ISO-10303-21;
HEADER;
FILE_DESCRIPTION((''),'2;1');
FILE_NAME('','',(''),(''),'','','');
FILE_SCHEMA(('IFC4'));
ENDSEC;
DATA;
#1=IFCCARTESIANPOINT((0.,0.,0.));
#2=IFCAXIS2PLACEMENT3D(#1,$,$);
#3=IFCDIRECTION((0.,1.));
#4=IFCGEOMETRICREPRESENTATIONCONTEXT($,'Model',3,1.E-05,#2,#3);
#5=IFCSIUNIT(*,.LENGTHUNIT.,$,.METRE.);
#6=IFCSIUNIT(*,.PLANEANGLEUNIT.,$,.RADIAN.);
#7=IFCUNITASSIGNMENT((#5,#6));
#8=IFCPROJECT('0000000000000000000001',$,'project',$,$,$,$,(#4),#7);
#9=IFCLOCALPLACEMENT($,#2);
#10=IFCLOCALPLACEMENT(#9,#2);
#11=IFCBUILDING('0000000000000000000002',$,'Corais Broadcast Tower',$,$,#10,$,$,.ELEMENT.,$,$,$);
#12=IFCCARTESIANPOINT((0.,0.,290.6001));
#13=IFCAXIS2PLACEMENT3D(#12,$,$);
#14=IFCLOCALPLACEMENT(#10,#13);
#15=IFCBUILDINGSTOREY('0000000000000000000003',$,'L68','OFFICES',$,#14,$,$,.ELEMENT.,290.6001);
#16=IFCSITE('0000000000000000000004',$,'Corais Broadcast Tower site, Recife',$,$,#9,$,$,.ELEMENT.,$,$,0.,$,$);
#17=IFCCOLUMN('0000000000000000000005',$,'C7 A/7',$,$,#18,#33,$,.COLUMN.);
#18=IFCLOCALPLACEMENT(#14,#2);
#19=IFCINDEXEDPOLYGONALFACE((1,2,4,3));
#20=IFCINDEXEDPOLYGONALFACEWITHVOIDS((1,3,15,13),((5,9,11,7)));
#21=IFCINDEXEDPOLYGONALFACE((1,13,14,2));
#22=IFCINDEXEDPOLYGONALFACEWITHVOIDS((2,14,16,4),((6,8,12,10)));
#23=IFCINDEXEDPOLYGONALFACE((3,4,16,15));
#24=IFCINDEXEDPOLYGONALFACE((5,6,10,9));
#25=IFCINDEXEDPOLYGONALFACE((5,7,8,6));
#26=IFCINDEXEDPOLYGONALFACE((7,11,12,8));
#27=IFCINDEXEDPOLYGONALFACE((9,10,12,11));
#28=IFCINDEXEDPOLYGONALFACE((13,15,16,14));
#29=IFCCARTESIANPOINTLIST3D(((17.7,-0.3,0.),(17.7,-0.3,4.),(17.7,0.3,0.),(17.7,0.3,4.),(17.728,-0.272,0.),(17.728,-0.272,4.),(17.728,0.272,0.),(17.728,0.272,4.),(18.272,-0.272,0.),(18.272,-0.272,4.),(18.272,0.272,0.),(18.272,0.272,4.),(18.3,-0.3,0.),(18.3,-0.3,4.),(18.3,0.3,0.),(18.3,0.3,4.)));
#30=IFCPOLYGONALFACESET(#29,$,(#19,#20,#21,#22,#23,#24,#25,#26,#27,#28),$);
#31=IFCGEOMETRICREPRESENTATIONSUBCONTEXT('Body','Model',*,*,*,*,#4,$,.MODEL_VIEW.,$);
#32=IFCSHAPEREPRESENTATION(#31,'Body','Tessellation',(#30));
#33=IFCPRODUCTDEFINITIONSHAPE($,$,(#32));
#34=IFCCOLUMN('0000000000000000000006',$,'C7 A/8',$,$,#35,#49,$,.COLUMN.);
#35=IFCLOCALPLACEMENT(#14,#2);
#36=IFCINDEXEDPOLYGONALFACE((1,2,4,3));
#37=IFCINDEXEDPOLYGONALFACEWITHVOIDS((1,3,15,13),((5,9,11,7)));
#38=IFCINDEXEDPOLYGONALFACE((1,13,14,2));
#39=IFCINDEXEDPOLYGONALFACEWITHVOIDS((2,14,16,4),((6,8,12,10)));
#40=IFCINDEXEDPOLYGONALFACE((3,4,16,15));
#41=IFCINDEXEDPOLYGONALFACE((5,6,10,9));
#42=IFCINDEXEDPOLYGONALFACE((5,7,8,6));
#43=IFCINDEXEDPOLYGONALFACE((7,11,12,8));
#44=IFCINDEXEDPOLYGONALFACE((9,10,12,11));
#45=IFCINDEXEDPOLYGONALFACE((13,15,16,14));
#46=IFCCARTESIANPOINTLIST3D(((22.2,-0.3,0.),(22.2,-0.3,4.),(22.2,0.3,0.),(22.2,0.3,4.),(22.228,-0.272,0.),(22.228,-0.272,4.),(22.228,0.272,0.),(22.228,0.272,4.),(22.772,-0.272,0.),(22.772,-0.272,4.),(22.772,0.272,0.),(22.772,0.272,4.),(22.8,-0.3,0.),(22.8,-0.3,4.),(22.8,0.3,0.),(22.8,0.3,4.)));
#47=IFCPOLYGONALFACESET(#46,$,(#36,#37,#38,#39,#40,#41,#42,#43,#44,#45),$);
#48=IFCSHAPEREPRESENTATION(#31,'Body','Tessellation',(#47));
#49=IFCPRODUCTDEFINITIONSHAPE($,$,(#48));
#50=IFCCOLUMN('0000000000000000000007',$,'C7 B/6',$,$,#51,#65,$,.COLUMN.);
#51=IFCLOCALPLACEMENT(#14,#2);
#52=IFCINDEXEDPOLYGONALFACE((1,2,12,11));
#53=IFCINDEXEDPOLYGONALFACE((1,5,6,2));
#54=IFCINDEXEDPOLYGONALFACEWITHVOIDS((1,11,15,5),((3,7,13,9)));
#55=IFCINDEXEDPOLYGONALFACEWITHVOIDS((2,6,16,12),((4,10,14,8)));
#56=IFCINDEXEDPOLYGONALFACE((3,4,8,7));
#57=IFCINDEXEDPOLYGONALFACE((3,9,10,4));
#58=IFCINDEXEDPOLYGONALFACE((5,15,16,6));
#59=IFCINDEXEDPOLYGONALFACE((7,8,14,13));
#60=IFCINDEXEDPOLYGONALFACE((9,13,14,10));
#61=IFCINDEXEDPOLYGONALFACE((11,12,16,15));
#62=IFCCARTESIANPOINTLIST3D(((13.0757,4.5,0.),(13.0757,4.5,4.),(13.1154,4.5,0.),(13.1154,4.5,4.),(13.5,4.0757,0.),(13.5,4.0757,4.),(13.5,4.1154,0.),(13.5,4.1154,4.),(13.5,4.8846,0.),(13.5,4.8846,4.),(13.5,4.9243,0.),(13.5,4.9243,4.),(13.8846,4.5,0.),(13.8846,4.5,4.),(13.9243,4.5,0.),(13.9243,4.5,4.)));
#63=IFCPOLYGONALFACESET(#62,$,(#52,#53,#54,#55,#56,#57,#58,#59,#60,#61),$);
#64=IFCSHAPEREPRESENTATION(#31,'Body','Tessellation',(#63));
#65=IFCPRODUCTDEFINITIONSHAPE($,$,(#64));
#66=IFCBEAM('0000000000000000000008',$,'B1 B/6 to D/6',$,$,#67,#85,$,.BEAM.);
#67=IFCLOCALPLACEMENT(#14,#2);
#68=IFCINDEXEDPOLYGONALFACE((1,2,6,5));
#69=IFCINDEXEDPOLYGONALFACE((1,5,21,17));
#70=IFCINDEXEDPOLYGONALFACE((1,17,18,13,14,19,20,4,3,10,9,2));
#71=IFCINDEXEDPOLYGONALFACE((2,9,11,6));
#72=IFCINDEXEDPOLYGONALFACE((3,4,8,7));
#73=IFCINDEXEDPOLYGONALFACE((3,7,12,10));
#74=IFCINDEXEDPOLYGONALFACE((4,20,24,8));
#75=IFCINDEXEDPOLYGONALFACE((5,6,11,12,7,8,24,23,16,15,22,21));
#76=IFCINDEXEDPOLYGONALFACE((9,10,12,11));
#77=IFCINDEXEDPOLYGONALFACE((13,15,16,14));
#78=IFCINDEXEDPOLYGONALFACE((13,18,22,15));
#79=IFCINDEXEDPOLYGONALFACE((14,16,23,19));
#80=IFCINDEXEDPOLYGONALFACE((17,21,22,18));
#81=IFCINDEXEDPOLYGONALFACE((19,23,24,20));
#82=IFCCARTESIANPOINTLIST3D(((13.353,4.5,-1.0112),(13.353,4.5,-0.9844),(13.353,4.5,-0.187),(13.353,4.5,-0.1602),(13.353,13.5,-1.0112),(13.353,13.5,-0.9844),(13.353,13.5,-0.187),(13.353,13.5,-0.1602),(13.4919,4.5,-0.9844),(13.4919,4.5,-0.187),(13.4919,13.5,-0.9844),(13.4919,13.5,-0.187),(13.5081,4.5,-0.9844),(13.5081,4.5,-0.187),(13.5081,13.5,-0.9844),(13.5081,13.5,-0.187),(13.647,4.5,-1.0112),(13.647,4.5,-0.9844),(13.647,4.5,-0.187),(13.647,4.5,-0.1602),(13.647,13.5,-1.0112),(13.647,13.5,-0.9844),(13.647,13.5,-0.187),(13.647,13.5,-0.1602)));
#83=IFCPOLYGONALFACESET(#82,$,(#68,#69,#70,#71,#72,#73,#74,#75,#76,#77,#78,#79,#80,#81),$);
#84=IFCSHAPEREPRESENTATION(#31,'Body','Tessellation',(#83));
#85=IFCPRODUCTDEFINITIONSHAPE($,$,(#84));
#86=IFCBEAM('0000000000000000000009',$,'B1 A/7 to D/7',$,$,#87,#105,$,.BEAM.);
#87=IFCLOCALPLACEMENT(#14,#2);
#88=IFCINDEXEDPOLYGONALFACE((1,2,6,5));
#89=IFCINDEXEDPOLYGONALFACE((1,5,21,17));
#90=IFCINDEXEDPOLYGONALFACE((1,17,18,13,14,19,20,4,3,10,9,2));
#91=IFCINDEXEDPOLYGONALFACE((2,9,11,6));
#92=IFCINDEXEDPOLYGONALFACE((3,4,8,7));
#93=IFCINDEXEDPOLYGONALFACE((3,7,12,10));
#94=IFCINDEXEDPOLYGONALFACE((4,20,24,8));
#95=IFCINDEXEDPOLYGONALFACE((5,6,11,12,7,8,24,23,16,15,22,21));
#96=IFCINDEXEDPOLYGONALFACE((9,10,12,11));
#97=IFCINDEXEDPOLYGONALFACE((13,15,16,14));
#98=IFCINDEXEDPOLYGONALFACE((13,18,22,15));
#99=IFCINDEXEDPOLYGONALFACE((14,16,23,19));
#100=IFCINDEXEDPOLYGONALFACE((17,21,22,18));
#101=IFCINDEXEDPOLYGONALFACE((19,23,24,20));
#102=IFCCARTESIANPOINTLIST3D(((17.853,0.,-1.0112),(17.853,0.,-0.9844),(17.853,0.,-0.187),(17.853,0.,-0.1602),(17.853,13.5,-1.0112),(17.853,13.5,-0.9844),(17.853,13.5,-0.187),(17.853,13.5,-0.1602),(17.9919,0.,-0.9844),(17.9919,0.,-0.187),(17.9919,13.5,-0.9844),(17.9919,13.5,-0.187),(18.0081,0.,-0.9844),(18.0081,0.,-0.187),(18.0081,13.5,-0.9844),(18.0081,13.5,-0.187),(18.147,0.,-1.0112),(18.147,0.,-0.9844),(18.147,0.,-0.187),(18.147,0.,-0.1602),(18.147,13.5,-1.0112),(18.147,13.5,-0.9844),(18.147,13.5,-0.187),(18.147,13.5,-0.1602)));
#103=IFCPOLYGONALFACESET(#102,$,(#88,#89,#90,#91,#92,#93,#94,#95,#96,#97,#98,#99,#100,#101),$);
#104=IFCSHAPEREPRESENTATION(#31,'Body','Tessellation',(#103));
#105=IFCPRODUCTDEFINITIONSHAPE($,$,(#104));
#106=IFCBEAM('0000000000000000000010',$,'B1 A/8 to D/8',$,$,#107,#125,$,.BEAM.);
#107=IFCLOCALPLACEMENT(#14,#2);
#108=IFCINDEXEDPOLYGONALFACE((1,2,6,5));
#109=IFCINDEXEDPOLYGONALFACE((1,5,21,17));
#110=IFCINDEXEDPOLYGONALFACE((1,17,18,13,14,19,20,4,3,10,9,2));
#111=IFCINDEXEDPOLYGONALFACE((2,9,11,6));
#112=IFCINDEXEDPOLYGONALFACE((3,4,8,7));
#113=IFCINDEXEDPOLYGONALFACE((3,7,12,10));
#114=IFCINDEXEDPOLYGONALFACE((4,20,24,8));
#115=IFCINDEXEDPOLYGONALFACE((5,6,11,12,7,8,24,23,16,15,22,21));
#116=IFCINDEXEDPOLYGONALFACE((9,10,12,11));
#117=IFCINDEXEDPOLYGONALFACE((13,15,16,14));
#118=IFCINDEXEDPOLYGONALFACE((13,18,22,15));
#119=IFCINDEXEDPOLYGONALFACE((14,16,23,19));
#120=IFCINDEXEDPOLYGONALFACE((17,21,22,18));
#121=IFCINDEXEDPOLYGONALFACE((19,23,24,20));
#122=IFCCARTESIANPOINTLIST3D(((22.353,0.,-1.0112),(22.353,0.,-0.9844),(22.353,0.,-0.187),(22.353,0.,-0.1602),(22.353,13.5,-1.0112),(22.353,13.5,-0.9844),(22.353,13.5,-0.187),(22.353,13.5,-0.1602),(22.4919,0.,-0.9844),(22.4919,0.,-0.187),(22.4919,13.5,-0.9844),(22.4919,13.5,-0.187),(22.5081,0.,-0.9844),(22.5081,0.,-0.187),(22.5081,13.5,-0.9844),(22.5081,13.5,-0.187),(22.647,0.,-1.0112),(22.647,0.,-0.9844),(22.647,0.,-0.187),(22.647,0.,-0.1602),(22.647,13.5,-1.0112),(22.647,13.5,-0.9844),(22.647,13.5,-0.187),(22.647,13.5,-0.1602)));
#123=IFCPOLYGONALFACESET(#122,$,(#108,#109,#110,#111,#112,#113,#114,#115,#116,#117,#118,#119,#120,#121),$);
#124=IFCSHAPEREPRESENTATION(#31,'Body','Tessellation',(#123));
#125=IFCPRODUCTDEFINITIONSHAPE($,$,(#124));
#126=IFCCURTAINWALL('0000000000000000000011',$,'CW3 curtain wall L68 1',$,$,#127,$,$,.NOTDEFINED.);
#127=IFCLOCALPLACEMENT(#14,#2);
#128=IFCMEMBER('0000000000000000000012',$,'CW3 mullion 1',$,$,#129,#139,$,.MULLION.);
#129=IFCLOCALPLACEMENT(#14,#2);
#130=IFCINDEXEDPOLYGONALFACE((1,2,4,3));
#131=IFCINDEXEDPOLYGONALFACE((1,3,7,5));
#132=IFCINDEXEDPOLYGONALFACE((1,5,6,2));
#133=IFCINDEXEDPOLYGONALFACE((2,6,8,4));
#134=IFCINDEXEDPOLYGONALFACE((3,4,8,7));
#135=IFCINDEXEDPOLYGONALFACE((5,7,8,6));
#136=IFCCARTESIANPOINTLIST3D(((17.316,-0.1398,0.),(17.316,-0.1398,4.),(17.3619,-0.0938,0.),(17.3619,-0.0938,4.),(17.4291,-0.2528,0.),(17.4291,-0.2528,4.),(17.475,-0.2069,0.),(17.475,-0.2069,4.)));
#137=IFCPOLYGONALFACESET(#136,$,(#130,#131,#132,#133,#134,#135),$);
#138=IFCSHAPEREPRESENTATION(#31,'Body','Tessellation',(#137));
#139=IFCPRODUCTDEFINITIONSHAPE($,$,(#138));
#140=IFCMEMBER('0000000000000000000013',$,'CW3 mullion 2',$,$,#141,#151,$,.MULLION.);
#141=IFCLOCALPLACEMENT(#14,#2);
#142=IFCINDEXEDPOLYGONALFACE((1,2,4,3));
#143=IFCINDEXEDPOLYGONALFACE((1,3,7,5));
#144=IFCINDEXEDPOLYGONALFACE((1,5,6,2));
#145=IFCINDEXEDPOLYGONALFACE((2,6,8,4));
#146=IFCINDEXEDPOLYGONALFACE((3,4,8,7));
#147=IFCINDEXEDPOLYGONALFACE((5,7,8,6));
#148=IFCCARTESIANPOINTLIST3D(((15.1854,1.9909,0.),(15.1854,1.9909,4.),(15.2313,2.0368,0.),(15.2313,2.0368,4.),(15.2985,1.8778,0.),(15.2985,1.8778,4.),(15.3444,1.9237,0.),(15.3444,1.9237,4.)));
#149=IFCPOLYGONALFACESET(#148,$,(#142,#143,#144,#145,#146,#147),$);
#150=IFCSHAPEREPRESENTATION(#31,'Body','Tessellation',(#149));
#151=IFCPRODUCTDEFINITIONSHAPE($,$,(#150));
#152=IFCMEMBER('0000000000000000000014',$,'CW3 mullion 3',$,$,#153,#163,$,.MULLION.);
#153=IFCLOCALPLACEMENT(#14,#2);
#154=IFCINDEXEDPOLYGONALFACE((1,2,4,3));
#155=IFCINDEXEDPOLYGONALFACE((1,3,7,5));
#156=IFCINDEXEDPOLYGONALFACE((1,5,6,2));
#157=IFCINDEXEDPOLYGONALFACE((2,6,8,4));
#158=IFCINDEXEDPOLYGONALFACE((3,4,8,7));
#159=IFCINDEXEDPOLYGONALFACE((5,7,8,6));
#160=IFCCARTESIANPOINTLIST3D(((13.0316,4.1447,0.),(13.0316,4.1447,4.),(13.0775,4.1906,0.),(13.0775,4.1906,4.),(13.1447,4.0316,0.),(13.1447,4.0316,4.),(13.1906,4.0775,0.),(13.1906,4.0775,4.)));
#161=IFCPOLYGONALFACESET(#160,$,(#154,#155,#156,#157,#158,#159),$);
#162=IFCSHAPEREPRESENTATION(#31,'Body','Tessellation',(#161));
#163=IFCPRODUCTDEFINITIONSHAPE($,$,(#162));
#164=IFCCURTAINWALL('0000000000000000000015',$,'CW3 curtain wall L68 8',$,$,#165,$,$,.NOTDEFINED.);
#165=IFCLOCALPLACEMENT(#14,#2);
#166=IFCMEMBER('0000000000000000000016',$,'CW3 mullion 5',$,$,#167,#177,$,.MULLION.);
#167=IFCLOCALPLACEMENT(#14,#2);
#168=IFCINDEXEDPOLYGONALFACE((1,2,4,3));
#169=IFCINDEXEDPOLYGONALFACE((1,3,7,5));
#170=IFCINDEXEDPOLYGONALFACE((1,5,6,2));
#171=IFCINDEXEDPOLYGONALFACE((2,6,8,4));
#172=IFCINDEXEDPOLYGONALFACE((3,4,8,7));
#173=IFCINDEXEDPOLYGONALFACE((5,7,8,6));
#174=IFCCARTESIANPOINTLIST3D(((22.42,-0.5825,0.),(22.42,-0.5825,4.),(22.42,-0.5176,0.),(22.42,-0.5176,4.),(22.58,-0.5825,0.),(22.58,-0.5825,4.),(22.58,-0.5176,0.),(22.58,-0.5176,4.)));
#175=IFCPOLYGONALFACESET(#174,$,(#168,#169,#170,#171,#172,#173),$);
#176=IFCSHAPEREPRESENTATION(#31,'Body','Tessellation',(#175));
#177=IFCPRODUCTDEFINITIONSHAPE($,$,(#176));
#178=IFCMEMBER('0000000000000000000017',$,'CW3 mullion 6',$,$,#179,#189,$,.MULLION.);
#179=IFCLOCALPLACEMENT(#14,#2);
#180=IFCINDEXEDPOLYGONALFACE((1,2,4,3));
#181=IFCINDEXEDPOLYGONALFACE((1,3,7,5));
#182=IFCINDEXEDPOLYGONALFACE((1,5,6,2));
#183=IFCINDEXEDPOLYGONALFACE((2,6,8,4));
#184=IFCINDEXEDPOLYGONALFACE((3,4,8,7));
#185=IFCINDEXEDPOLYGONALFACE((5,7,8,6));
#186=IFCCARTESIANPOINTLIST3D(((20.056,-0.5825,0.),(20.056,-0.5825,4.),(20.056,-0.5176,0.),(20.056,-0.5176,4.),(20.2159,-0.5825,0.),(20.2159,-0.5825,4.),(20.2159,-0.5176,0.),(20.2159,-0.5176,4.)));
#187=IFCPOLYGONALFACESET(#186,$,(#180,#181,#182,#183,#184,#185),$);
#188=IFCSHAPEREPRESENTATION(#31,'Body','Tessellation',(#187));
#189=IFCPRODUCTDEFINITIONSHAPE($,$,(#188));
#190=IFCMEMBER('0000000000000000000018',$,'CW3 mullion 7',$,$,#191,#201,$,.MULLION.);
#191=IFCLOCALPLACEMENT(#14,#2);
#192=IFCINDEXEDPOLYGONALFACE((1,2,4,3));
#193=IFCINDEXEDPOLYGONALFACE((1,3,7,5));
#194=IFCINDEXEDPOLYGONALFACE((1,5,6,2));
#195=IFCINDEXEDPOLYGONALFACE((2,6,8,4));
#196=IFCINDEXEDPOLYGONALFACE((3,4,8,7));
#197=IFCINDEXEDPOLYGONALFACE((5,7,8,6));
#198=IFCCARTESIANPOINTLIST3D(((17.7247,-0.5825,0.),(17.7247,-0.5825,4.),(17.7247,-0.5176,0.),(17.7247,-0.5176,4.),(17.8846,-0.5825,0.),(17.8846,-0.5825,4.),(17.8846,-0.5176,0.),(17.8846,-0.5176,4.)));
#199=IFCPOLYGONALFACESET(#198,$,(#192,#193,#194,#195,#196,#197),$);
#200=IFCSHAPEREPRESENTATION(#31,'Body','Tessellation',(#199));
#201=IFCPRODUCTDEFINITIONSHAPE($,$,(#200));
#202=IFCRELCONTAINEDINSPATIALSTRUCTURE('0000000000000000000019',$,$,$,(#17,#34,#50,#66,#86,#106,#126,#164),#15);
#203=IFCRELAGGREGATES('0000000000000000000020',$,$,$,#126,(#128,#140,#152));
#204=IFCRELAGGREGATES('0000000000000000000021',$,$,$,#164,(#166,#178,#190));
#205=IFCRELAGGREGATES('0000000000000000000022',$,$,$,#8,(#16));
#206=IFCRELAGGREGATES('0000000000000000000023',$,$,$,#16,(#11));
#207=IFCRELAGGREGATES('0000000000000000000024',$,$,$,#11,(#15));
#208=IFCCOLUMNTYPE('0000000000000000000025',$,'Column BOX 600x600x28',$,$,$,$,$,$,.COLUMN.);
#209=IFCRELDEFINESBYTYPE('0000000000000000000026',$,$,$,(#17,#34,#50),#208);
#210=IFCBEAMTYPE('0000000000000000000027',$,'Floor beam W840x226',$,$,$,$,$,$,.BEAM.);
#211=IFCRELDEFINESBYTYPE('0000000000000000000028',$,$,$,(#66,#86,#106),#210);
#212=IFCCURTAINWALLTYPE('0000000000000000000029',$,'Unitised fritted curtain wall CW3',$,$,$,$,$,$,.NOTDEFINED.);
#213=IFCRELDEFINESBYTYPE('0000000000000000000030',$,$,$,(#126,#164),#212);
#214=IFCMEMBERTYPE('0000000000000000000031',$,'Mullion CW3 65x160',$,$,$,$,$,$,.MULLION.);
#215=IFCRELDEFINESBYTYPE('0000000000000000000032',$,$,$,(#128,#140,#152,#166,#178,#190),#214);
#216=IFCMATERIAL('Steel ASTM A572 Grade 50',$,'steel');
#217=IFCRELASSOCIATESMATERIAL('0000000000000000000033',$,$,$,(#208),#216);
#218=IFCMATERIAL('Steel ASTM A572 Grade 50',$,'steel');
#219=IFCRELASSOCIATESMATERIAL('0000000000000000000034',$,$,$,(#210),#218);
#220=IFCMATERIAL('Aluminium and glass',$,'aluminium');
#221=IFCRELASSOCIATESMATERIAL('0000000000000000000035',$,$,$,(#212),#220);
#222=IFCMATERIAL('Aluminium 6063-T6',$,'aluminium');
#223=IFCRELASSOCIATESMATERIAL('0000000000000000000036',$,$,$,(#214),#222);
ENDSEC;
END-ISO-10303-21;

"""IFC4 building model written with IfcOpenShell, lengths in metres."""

from ifc_helpers import new_model, si_unit, direction, frame, origin, origin_2d, place, context, subcontext, project, spatial, rectangle, hollow_rectangle, i_section, extrude, material, material_profile, profile_set, type_object, element, aggregate, save


model = new_model("IFC4")

# Units and contexts
model_context = context("Model", 3, precision=1e-05, world=origin(), true_north=direction((0.0, 1.0)))
body_context = subcontext(model_context, "Body", "Model", "MODEL_VIEW")
ifc_project = project(units=[si_unit("LENGTHUNIT", "METRE"), si_unit("PLANEANGLEUNIT", "RADIAN")], contexts=[model_context])

# Site, building, storey
site_placement = place(None, origin())
site = spatial("IfcSite", under=ifc_project, at=site_placement, Name="Corais Broadcast Tower site, Recife", CompositionType="ELEMENT", RefElevation=0.0)
building_placement = place(site_placement, origin())
building = spatial("IfcBuilding", under=site, at=building_placement, Name="Corais Broadcast Tower", CompositionType="ELEMENT")
storey_placement = place(building_placement, frame((0.0, 0.0, 290.6001)))
storey = spatial("IfcBuildingStorey", under=building, at=storey_placement, Name="L68", Description="OFFICES", CompositionType="ELEMENT", Elevation=290.6001)

# Columns
ifc_material_1 = material(Name="Steel ASTM A572 Grade 50", Category="steel")
ifc_material_profile_1 = material_profile(ifc_material_1, hollow_rectangle(XDim=0.6001, YDim=0.6001, WallThickness=0.0281, at=origin_2d()), Name="BOX 600x600x28")
ifc_profile_set_1 = profile_set([ifc_material_profile_1], Name="Steel ASTM A572 Grade 50")
column_type = type_object("IfcColumnType", Name="Column BOX 600x600x28", PredefinedType="COLUMN", material=ifc_profile_set_1)
for number, where, z_axis, x_axis, name in (
    (1, (18.0, 0.0, 0.0), (0.0, 0.0, 1.0), (1.0, 0.0, 0.0), "C7 A/7"),
    (2, (22.5, 0.0, 0.0), (0.0, 0.0, 1.0), (1.0, 0.0, 0.0), "C7 A/8"),
    (3, (13.5, 4.5, 0.0), (0.0, 0.0, 1.0), (0.707107, 0.707107, 0.0), "C7 B/6"),
):
    element("IfcColumn", number, at=place(storey_placement, frame(where, z_axis=z_axis, x_axis=x_axis)), inside=storey, type_object=column_type, Name=name, PredefinedType="COLUMN", context=body_context, shape_type="SweptSolid", body=[
        extrude(hollow_rectangle(XDim=0.6001, YDim=0.6001, WallThickness=0.0281, at=origin_2d()), origin(), (0.0, 0.0, 1.0), 4.0),
    ])

# Beams
ifc_material_2 = material(Name="Steel ASTM A572 Grade 50", Category="steel")
ifc_material_profile_2 = material_profile(ifc_material_2, i_section(OverallWidth=0.2939, OverallDepth=0.8511, WebThickness=0.0161, FlangeThickness=0.0269, at=origin_2d()), Name="W840x226")
ifc_profile_set_2 = profile_set([ifc_material_profile_2], Name="Steel ASTM A572 Grade 50")
beam_type_1 = type_object("IfcBeamType", Name="Floor beam W840x226", PredefinedType="BEAM", material=ifc_profile_set_2)
beam_1_placement = place(storey_placement, frame((13.5, 4.5, -0.5857), z_axis=(0.0, 1.0, 0.0), x_axis=(-1.0, 0.0, 0.0)))
element("IfcBeam", 4, at=beam_1_placement, inside=storey, type_object=beam_type_1, Name="B1 B/6 to D/6", PredefinedType="BEAM", context=body_context, shape_type="SweptSolid", body=[
    extrude(i_section(OverallWidth=0.2939, OverallDepth=0.8511, WebThickness=0.0161, FlangeThickness=0.0269, at=origin_2d()), origin(), (0.0, 0.0, 1.0), 9.0),
])
for number, where, z_axis, x_axis, name in (
    (5, (18.0, 0.0, -0.5857), (0.0, 1.0, 0.0), (-1.0, 0.0, 0.0), "B1 A/7 to D/7"),
    (6, (22.5, 0.0, -0.5857), (0.0, 1.0, 0.0), (-1.0, 0.0, 0.0), "B1 A/8 to D/8"),
):
    element("IfcBeam", number, at=place(storey_placement, frame(where, z_axis=z_axis, x_axis=x_axis)), inside=storey, type_object=beam_type_1, Name=name, PredefinedType="BEAM", context=body_context, shape_type="SweptSolid", body=[
        extrude(i_section(OverallWidth=0.2939, OverallDepth=0.8511, WebThickness=0.0161, FlangeThickness=0.0269, at=origin_2d()), origin(), (0.0, 0.0, 1.0), 13.5),
    ])

# Curtain walls, members
ifc_material_3 = material(Name="Aluminium and glass", Category="aluminium")
curtain_wall_type = type_object("IfcCurtainWallType", Name="Unitised fritted curtain wall CW3", PredefinedType="NOTDEFINED", material=ifc_material_3)
curtain_wall_1_placement = place(storey_placement, origin())
curtain_wall_1 = element("IfcCurtainWall", 7, at=curtain_wall_1_placement, inside=storey, type_object=curtain_wall_type, Name="CW3 curtain wall L68 1", PredefinedType="NOTDEFINED")
ifc_material_4 = material(Name="Aluminium 6063-T6", Category="aluminium")
ifc_material_profile_3 = material_profile(ifc_material_4, rectangle(XDim=0.0649, YDim=0.1599, at=origin_2d()), Name="Mullion CW3 65x160")
ifc_profile_set_3 = profile_set([ifc_material_profile_3], Name="Aluminium 6063-T6")
member_type_1 = type_object("IfcMemberType", Name="Mullion CW3 65x160", PredefinedType="MULLION", material=ifc_profile_set_3)
member_1_placement = place(storey_placement, frame((17.3955, -0.1733, 0.0), z_axis=(0.0, 0.0, 1.0), x_axis=(-0.707107, -0.707107, 0.0)))
member_1 = element("IfcMember", 8, at=member_1_placement, type_object=member_type_1, Name="CW3 mullion 1", PredefinedType="MULLION", context=body_context, shape_type="SweptSolid", body=[
    extrude(rectangle(XDim=0.0649, YDim=0.1599, at=origin_2d()), origin(), (0.0, 0.0, 1.0), 4.0),
])
member_2_placement = place(storey_placement, frame((15.2649, 1.9573, 0.0), z_axis=(0.0, 0.0, 1.0), x_axis=(-0.707107, -0.707107, 0.0)))
member_2 = element("IfcMember", 9, at=member_2_placement, type_object=member_type_1, Name="CW3 mullion 2", PredefinedType="MULLION", context=body_context, shape_type="SweptSolid", body=[
    extrude(rectangle(XDim=0.0649, YDim=0.1599, at=origin_2d()), origin(), (0.0, 0.0, 1.0), 4.0),
])
member_3_placement = place(storey_placement, frame((13.1111, 4.1111, 0.0), z_axis=(0.0, 0.0, 1.0), x_axis=(-0.707107, -0.707107, 0.0)))
member_3 = element("IfcMember", 10, at=member_3_placement, type_object=member_type_1, Name="CW3 mullion 3", PredefinedType="MULLION", context=body_context, shape_type="SweptSolid", body=[
    extrude(rectangle(XDim=0.0649, YDim=0.1599, at=origin_2d()), origin(), (0.0, 0.0, 1.0), 4.0),
])
curtain_wall_2_placement = place(storey_placement, origin())
curtain_wall_2 = element("IfcCurtainWall", 11, at=curtain_wall_2_placement, inside=storey, type_object=curtain_wall_type, Name="CW3 curtain wall L68 8", PredefinedType="NOTDEFINED")
member_4_placement = place(storey_placement, frame((22.5, -0.55, 0.0), z_axis=(0.0, 0.0, 1.0), x_axis=(0.0, -1.0, 0.0)))
member_4 = element("IfcMember", 12, at=member_4_placement, type_object=member_type_1, Name="CW3 mullion 5", PredefinedType="MULLION", context=body_context, shape_type="SweptSolid", body=[
    extrude(rectangle(XDim=0.0649, YDim=0.1599, at=origin_2d()), origin(), (0.0, 0.0, 1.0), 4.0),
])
member_5_placement = place(storey_placement, frame((20.136, -0.55, 0.0), z_axis=(0.0, 0.0, 1.0), x_axis=(0.0, -1.0, 0.0)))
member_5 = element("IfcMember", 13, at=member_5_placement, type_object=member_type_1, Name="CW3 mullion 6", PredefinedType="MULLION", context=body_context, shape_type="SweptSolid", body=[
    extrude(rectangle(XDim=0.0649, YDim=0.1599, at=origin_2d()), origin(), (0.0, 0.0, 1.0), 4.0),
])
member_6_placement = place(storey_placement, frame((17.8047, -0.55, 0.0), z_axis=(0.0, 0.0, 1.0), x_axis=(0.0, -1.0, 0.0)))
member_6 = element("IfcMember", 14, at=member_6_placement, type_object=member_type_1, Name="CW3 mullion 7", PredefinedType="MULLION", context=body_context, shape_type="SweptSolid", body=[
    extrude(rectangle(XDim=0.0649, YDim=0.1599, at=origin_2d()), origin(), (0.0, 0.0, 1.0), 4.0),
])

aggregate(curtain_wall_1, [member_1, member_2, member_3])
aggregate(curtain_wall_2, [member_4, member_5, member_6])

save(model, "model.ifc")
